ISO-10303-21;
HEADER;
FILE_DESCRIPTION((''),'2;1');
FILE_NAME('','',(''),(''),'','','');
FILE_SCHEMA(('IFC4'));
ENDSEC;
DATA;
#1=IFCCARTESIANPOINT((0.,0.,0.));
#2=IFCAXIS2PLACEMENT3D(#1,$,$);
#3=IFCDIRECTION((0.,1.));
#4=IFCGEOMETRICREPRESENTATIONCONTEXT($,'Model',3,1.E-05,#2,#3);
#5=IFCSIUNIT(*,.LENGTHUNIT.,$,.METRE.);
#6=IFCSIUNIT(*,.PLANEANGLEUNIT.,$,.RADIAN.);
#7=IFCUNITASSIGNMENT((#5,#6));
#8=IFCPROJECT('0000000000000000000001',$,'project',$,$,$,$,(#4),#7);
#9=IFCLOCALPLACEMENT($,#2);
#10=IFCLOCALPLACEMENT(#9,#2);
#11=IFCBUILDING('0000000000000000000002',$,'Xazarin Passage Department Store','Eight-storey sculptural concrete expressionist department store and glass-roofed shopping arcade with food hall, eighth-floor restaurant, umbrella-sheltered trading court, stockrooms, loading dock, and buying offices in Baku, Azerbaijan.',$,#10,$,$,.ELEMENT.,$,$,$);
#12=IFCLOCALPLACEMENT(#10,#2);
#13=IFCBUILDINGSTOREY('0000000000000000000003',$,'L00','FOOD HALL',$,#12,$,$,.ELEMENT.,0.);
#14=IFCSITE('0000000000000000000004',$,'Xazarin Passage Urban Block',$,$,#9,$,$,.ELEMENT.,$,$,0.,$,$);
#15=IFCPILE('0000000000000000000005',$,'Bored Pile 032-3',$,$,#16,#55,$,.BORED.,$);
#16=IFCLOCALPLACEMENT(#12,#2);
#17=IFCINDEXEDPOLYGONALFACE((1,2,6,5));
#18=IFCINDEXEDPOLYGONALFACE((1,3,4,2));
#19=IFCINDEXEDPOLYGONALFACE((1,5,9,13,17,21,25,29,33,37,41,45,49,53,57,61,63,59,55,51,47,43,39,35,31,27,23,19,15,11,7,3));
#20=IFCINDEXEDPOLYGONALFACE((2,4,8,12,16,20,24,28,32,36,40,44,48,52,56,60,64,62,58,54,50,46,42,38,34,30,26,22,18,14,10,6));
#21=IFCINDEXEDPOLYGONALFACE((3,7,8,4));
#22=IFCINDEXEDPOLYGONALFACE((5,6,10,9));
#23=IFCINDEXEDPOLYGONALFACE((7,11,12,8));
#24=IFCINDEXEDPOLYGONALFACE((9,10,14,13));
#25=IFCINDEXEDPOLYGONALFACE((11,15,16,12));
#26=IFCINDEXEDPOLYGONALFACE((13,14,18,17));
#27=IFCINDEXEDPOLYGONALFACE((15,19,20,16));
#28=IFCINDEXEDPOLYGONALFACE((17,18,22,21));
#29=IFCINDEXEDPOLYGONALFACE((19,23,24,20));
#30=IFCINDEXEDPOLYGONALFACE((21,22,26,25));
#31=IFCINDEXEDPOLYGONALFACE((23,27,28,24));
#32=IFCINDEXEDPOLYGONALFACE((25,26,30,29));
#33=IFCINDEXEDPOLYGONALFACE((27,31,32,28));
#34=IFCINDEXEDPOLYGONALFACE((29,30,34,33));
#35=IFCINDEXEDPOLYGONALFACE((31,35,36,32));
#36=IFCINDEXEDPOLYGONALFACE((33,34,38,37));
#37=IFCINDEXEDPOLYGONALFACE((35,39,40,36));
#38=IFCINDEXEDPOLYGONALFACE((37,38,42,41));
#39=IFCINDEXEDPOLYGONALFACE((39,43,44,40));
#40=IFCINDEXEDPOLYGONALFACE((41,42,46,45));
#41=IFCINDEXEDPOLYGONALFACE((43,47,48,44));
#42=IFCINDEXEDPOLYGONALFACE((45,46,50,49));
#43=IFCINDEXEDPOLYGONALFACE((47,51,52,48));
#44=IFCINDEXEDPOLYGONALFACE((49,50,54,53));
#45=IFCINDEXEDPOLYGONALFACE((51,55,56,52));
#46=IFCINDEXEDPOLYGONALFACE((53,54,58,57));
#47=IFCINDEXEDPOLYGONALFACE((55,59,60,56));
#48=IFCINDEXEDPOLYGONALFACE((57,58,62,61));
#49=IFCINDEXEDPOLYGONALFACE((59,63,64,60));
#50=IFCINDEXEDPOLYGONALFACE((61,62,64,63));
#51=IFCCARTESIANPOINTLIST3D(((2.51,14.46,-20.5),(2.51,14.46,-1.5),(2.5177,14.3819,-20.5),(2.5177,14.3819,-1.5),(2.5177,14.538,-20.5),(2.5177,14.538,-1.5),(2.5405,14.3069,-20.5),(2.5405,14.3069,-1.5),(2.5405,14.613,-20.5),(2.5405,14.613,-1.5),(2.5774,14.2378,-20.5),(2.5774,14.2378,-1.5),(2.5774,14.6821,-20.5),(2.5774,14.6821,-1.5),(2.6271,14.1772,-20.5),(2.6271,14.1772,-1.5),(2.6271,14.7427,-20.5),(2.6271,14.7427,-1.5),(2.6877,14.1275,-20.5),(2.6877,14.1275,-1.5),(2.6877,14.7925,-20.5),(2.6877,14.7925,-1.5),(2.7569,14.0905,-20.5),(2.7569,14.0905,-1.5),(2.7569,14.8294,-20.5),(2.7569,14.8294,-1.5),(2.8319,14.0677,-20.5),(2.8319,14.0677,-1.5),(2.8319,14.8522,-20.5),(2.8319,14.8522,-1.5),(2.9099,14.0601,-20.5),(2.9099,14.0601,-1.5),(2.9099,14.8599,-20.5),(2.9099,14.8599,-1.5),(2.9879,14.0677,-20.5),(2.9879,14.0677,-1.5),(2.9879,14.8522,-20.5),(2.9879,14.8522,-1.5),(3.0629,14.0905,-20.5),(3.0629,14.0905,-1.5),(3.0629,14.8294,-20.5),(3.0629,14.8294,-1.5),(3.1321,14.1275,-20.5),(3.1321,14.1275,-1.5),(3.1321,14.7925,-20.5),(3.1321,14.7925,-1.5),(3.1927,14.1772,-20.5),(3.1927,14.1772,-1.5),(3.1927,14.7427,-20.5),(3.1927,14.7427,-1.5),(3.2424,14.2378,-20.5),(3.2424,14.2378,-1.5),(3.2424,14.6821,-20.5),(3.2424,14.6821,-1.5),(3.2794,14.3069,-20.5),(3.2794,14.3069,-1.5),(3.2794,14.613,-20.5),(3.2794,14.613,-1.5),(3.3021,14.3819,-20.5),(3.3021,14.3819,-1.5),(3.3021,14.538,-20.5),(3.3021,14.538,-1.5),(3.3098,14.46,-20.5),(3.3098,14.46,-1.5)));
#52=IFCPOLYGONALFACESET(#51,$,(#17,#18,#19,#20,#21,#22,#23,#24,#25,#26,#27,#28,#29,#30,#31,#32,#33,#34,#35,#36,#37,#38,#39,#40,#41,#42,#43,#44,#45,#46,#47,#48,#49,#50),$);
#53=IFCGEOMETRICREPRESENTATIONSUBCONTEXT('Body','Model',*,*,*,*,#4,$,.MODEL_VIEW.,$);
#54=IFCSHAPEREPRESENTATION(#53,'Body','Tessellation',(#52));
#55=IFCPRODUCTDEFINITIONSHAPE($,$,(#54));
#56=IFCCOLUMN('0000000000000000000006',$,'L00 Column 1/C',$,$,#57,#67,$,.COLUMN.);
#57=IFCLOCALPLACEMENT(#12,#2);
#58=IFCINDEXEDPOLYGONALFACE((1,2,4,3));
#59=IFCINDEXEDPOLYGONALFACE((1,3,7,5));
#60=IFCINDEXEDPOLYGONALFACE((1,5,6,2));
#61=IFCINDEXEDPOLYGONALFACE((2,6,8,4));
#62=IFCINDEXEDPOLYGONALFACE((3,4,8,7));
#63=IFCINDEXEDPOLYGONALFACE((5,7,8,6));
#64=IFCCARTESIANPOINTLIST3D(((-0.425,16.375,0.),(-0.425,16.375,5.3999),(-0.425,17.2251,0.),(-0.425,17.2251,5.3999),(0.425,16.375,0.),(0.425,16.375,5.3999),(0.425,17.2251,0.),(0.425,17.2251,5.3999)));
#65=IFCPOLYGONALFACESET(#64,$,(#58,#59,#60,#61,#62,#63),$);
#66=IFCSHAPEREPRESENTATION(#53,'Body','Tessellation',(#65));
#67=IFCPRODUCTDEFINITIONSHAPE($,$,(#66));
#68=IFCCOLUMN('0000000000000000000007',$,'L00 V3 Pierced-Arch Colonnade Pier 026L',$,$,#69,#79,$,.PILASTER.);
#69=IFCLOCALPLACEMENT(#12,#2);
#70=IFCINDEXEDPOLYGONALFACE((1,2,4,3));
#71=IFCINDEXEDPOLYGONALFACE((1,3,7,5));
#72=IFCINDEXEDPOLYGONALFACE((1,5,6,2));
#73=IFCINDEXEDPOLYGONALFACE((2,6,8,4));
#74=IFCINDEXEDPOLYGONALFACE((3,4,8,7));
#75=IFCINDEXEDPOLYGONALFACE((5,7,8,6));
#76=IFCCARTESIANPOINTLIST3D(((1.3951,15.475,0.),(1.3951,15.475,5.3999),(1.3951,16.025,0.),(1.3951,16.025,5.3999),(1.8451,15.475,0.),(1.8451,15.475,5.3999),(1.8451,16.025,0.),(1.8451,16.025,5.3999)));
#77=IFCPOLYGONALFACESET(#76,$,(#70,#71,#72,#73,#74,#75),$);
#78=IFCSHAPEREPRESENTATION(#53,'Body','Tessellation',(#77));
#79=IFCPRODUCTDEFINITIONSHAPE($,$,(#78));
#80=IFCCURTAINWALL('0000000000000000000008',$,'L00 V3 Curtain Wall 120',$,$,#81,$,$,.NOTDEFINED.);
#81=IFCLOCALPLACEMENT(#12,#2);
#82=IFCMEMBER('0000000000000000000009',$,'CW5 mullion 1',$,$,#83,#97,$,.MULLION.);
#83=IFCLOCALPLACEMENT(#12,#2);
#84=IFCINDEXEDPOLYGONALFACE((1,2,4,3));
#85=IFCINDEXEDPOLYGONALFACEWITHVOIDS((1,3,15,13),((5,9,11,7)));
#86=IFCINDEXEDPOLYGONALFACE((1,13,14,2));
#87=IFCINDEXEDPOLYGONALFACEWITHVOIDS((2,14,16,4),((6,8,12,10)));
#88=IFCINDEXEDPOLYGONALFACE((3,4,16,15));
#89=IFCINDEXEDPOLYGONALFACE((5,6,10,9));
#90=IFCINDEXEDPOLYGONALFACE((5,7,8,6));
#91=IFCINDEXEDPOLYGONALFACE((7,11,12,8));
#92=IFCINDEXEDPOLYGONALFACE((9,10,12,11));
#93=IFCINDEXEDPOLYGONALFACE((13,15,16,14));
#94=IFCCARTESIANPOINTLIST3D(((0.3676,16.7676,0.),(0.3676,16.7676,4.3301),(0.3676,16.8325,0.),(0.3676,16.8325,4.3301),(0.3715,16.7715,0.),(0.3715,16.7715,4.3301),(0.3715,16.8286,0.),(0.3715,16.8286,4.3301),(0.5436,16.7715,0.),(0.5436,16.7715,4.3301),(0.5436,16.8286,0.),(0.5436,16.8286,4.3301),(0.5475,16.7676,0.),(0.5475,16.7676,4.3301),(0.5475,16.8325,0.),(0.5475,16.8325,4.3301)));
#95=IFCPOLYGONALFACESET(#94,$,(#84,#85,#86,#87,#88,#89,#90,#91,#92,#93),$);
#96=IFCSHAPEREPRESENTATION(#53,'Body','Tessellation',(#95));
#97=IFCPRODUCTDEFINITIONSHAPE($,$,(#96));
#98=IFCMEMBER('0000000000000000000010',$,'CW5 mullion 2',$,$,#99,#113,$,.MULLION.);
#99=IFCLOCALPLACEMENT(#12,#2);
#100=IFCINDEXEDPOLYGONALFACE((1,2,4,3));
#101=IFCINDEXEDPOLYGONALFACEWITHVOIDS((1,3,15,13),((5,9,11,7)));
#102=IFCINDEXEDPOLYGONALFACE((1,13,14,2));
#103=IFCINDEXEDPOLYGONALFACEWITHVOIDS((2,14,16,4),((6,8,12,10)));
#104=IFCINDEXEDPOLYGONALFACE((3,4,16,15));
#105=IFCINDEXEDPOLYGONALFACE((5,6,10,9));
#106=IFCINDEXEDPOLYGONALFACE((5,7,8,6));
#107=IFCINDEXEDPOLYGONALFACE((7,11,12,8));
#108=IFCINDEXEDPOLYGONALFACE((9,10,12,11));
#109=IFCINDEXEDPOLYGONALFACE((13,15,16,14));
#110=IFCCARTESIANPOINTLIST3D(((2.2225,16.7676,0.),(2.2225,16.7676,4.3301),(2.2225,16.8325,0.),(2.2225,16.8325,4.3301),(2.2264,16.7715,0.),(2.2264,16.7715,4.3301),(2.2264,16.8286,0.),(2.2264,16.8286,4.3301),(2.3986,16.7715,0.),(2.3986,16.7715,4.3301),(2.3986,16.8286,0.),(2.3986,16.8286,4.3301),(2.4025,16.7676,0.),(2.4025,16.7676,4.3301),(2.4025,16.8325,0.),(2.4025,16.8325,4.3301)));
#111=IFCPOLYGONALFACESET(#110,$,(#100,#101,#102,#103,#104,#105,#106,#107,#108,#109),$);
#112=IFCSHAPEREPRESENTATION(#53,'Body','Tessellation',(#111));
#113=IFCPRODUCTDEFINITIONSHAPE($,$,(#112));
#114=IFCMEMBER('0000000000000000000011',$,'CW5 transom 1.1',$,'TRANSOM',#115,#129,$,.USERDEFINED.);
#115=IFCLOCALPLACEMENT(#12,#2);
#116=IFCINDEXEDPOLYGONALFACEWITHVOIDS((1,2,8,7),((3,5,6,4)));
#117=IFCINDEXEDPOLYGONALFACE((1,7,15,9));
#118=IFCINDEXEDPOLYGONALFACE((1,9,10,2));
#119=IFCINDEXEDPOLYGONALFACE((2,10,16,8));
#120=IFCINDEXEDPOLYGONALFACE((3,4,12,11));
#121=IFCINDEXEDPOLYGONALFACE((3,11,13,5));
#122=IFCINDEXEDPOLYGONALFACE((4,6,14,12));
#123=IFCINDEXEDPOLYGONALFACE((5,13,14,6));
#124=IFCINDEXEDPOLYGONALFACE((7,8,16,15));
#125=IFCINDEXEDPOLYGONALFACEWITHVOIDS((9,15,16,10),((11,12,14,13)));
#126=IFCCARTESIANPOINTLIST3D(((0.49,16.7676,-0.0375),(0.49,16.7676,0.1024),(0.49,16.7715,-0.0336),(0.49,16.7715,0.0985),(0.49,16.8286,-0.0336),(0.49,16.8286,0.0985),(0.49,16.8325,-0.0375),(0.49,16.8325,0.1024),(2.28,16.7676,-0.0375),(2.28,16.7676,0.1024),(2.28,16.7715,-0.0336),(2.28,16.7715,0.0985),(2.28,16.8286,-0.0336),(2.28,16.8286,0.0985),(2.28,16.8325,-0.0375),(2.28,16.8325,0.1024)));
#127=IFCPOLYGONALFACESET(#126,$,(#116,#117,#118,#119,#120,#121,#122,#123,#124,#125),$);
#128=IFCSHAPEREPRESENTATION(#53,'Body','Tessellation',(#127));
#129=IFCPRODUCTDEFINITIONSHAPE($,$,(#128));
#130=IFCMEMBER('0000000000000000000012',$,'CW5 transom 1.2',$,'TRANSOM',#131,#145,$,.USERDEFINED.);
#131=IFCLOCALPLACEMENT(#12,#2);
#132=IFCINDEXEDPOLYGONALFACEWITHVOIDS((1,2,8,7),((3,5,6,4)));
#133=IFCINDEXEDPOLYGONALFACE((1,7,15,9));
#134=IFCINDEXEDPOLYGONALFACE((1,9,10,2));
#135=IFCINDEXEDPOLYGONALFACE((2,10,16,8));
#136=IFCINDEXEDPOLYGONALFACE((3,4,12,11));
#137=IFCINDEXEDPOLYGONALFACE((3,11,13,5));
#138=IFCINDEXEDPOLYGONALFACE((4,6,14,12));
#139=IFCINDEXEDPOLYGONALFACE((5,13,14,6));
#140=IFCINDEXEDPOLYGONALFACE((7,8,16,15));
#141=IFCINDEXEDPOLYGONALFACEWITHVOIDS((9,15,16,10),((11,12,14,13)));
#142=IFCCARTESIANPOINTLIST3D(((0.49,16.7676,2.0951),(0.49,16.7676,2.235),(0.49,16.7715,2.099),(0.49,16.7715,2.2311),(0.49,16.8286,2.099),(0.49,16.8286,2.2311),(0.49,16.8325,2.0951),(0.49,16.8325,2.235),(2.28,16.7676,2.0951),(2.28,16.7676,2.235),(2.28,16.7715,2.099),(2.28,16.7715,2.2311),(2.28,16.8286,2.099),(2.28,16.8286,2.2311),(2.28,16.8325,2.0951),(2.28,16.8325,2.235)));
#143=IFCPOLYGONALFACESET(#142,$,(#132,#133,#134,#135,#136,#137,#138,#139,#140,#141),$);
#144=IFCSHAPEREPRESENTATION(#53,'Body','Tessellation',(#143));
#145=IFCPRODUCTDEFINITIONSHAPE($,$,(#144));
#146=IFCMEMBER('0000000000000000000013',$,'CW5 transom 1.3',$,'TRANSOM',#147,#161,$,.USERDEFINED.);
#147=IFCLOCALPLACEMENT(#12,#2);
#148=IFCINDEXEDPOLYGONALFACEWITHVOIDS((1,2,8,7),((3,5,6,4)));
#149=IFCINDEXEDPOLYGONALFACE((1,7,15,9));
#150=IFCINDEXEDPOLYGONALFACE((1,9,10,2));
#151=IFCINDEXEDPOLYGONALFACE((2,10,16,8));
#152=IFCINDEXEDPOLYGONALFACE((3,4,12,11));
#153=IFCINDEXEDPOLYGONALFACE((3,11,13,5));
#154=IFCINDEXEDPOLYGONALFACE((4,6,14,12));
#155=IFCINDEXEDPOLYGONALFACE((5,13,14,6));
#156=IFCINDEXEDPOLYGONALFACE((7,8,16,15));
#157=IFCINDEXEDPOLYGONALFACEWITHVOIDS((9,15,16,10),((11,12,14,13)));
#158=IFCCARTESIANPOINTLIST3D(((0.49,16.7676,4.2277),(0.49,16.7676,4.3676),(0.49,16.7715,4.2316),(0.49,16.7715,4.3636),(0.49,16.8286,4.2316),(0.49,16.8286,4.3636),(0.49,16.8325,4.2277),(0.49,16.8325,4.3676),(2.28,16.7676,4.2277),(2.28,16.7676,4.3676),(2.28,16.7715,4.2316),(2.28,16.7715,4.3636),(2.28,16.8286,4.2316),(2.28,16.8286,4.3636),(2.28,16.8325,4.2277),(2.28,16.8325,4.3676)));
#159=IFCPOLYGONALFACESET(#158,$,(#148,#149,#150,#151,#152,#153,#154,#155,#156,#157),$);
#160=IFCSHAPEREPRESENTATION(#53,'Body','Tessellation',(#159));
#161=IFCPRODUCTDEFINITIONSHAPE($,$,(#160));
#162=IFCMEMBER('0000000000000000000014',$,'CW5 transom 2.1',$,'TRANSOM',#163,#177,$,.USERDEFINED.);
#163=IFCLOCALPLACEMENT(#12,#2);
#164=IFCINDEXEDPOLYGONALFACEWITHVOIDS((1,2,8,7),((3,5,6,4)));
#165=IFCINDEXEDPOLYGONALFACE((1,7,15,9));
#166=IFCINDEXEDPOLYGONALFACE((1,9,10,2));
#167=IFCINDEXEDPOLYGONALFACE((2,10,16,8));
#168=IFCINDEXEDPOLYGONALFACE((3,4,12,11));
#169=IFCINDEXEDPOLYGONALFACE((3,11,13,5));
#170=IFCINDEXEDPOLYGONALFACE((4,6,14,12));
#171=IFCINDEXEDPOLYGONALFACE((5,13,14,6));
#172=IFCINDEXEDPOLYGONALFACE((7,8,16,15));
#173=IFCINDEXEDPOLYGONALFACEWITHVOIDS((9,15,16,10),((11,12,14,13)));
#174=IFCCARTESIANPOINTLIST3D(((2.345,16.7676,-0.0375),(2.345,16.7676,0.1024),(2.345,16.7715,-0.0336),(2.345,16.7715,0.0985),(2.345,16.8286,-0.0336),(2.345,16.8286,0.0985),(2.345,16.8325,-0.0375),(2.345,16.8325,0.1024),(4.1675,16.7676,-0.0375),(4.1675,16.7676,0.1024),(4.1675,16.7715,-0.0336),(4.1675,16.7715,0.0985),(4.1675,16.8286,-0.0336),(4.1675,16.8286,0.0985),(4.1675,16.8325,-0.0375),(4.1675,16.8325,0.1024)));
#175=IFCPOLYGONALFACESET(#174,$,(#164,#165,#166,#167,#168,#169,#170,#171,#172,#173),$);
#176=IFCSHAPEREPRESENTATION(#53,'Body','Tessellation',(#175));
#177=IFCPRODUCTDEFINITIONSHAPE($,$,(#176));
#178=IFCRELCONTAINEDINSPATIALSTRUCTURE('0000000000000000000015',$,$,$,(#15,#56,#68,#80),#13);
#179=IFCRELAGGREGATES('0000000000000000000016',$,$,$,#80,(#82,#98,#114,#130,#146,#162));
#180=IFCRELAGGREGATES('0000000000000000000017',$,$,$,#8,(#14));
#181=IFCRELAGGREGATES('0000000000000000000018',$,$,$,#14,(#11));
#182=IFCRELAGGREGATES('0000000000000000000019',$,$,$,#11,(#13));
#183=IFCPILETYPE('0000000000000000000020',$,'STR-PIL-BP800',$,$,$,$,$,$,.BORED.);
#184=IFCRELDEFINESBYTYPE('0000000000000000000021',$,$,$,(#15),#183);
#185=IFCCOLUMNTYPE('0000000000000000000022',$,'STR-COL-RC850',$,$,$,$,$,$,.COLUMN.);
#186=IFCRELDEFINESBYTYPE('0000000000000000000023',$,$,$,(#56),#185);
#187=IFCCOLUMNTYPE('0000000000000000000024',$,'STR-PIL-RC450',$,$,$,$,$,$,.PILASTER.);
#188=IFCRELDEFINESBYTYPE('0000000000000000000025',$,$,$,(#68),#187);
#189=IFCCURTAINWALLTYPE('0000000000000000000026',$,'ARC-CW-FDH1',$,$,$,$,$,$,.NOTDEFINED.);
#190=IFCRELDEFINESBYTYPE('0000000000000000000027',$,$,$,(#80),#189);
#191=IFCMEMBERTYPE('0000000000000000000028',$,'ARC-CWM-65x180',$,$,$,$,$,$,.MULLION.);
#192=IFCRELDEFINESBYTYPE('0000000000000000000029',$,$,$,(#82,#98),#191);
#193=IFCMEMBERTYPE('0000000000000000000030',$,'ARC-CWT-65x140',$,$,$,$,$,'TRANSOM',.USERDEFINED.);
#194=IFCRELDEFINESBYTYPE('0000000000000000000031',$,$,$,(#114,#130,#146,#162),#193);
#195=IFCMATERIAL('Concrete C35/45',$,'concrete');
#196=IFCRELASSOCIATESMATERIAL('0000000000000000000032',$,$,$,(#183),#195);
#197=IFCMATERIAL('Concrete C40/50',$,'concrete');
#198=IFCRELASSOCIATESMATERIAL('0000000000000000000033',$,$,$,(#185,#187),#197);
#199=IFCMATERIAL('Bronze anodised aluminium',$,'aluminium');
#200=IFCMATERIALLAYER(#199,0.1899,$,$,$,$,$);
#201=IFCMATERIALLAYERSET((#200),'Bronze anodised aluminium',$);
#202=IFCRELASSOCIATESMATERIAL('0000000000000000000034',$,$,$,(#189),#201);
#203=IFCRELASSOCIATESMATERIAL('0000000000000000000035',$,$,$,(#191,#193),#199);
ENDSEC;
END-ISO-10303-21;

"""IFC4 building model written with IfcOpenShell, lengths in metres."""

from ifc_helpers import new_model, si_unit, direction, frame, origin, origin_2d, place, context, subcontext, project, spatial, rectangle, hollow_rectangle, circle, extrude, material, layer, layer_set, material_profile, profile_set, type_object, element, aggregate, save


model = new_model("IFC4")

# Units and contexts
model_context = context("Model", 3, precision=1e-05, world=origin(), true_north=direction((0.0, 1.0)))
body_context = subcontext(model_context, "Body", "Model", "MODEL_VIEW")
ifc_project = project(units=[si_unit("LENGTHUNIT", "METRE"), si_unit("PLANEANGLEUNIT", "RADIAN")], contexts=[model_context])

# Site, building, storey
site_placement = place(None, origin())
site = spatial("IfcSite", under=ifc_project, at=site_placement, Name="Xazarin Passage Urban Block", CompositionType="ELEMENT", RefElevation=0.0)
building_placement = place(site_placement, origin())
building = spatial("IfcBuilding", under=site, at=building_placement, Name="Xazarin Passage Department Store", Description="Eight-storey sculptural concrete expressionist department store and glass-roofed shopping arcade with food hall, eighth-floor restaurant, umbrella-sheltered trading court, stockrooms, loading dock, and buying offices in Baku, Azerbaijan.", CompositionType="ELEMENT")
storey_placement = place(building_placement, origin())
storey = spatial("IfcBuildingStorey", under=building, at=storey_placement, Name="L00", Description="FOOD HALL", CompositionType="ELEMENT", Elevation=0.0)

# Pile
ifc_material_1 = material(Name="Concrete C35/45", Category="concrete")
ifc_material_profile_1 = material_profile(ifc_material_1, circle(Radius=0.3999, at=origin_2d()), Name="BP 800")
ifc_profile_set_1 = profile_set([ifc_material_profile_1], Name="Concrete C35/45")
pile_type_1 = type_object("IfcPileType", Name="STR-PIL-BP800", PredefinedType="BORED", material=ifc_profile_set_1)
pile_1_placement = place(storey_placement, frame((2.9099, 14.46, -1.5), z_axis=(0.0, 0.0, -1.0), x_axis=(1.0, 0.0, 0.0)))
element("IfcPile", 1, at=pile_1_placement, inside=storey, type_object=pile_type_1, Name="Bored Pile 032-3", PredefinedType="BORED", context=body_context, shape_type="SweptSolid", body=[
    extrude(circle(Radius=0.3999, at=origin_2d()), origin(), (0.0, 0.0, 1.0), 19.0),
])

# Columns
ifc_material_2 = material(Name="Concrete C40/50", Category="concrete")
ifc_material_profile_2 = material_profile(ifc_material_2, rectangle(XDim=0.8501, YDim=0.8501, at=origin_2d()), Name="RC 850x850")
ifc_profile_set_2 = profile_set([ifc_material_profile_2], Name="Concrete C40/50")
column_type_1 = type_object("IfcColumnType", Name="STR-COL-RC850", PredefinedType="COLUMN", material=ifc_profile_set_2)
column_1_placement = place(storey_placement, frame((0.0, 16.8, 0.0), z_axis=(0.0, 0.0, 1.0), x_axis=(1.0, 0.0, 0.0)))
element("IfcColumn", 2, at=column_1_placement, inside=storey, type_object=column_type_1, Name="L00 Column 1/C", PredefinedType="COLUMN", context=body_context, shape_type="SweptSolid", body=[
    extrude(rectangle(XDim=0.8501, YDim=0.8501, at=origin_2d()), origin(), (0.0, 0.0, 1.0), 5.3999),
])
ifc_material_profile_3 = material_profile(ifc_material_2, rectangle(XDim=0.45, YDim=0.55, at=origin_2d()), Name="RC 450x550")
ifc_profile_set_3 = profile_set([ifc_material_profile_3], Name="Concrete C40/50")
column_type_2 = type_object("IfcColumnType", Name="STR-PIL-RC450", PredefinedType="PILASTER", material=ifc_profile_set_3)
column_2_placement = place(storey_placement, frame((1.6201, 15.75, 0.0), z_axis=(0.0, 0.0, 1.0), x_axis=(1.0, 0.0, 0.0)))
element("IfcColumn", 3, at=column_2_placement, inside=storey, type_object=column_type_2, Name="L00 V3 Pierced-Arch Colonnade Pier 026L", PredefinedType="PILASTER", context=body_context, shape_type="SweptSolid", body=[
    extrude(rectangle(XDim=0.45, YDim=0.55, at=origin_2d()), origin(), (0.0, 0.0, 1.0), 5.3999),
])

# Curtain wall, members
ifc_material_3 = material(Name="Bronze anodised aluminium", Category="aluminium")
ifc_layer_1 = layer(ifc_material_3, 0.1899)
ifc_layer_set_1 = layer_set([ifc_layer_1], Name="Bronze anodised aluminium")
curtain_wall_type = type_object("IfcCurtainWallType", Name="ARC-CW-FDH1", PredefinedType="NOTDEFINED", material=ifc_layer_set_1)
curtain_wall_placement = place(storey_placement, origin())
curtain_wall = element("IfcCurtainWall", 4, at=curtain_wall_placement, inside=storey, type_object=curtain_wall_type, Name="L00 V3 Curtain Wall 120", PredefinedType="NOTDEFINED")
ifc_material_profile_4 = material_profile(ifc_material_3, hollow_rectangle(XDim=0.0649, YDim=0.1799, WallThickness=0.0039, at=origin_2d()), Name="ALU 65x180")
ifc_profile_set_4 = profile_set([ifc_material_profile_4], Name="Bronze anodised aluminium")
member_type_1 = type_object("IfcMemberType", Name="ARC-CWM-65x180", PredefinedType="MULLION", material=ifc_profile_set_4)
member_1_placement = place(storey_placement, frame((0.4575, 16.8, 0.0), z_axis=(0.0, 0.0, 1.0), x_axis=(0.0, 1.0, 0.0)))
member_1 = element("IfcMember", 5, at=member_1_placement, type_object=member_type_1, Name="CW5 mullion 1", PredefinedType="MULLION", context=body_context, shape_type="SweptSolid", body=[
    extrude(hollow_rectangle(XDim=0.0649, YDim=0.1799, WallThickness=0.0039, at=origin_2d()), origin(), (0.0, 0.0, 1.0), 4.3301),
])
member_2_placement = place(storey_placement, frame((2.3125, 16.8, 0.0), z_axis=(0.0, 0.0, 1.0), x_axis=(0.0, 1.0, 0.0)))
member_2 = element("IfcMember", 6, at=member_2_placement, type_object=member_type_1, Name="CW5 mullion 2", PredefinedType="MULLION", context=body_context, shape_type="SweptSolid", body=[
    extrude(hollow_rectangle(XDim=0.0649, YDim=0.1799, WallThickness=0.0039, at=origin_2d()), origin(), (0.0, 0.0, 1.0), 4.3301),
])
ifc_material_profile_5 = material_profile(ifc_material_3, hollow_rectangle(XDim=0.0649, YDim=0.1399, WallThickness=0.0039, at=origin_2d()), Name="ALU 65x140")
ifc_profile_set_5 = profile_set([ifc_material_profile_5], Name="Bronze anodised aluminium")
member_type_2 = type_object("IfcMemberType", Name="ARC-CWT-65x140", ElementType="TRANSOM", PredefinedType="USERDEFINED", material=ifc_profile_set_5)
member_3_placement = place(storey_placement, frame((0.49, 16.8, 0.0325), z_axis=(1.0, 0.0, 0.0), x_axis=(0.0, 1.0, 0.0)))
member_3 = element("IfcMember", 7, at=member_3_placement, type_object=member_type_2, Name="CW5 transom 1.1", ObjectType="TRANSOM", PredefinedType="USERDEFINED", context=body_context, shape_type="SweptSolid", body=[
    extrude(hollow_rectangle(XDim=0.0649, YDim=0.1399, WallThickness=0.0039, at=origin_2d()), origin(), (0.0, 0.0, 1.0), 1.79),
])
member_4_placement = place(storey_placement, frame((0.49, 16.8, 2.165), z_axis=(1.0, 0.0, 0.0), x_axis=(0.0, 1.0, 0.0)))
member_4 = element("IfcMember", 8, at=member_4_placement, type_object=member_type_2, Name="CW5 transom 1.2", ObjectType="TRANSOM", PredefinedType="USERDEFINED", context=body_context, shape_type="SweptSolid", body=[
    extrude(hollow_rectangle(XDim=0.0649, YDim=0.1399, WallThickness=0.0039, at=origin_2d()), origin(), (0.0, 0.0, 1.0), 1.79),
])
member_5_placement = place(storey_placement, frame((0.49, 16.8, 4.2976), z_axis=(1.0, 0.0, 0.0), x_axis=(0.0, 1.0, 0.0)))
member_5 = element("IfcMember", 9, at=member_5_placement, type_object=member_type_2, Name="CW5 transom 1.3", ObjectType="TRANSOM", PredefinedType="USERDEFINED", context=body_context, shape_type="SweptSolid", body=[
    extrude(hollow_rectangle(XDim=0.0649, YDim=0.1399, WallThickness=0.0039, at=origin_2d()), origin(), (0.0, 0.0, 1.0), 1.79),
])
member_6_placement = place(storey_placement, frame((2.345, 16.8, 0.0325), z_axis=(1.0, 0.0, 0.0), x_axis=(0.0, 1.0, 0.0)))
member_6 = element("IfcMember", 10, at=member_6_placement, type_object=member_type_2, Name="CW5 transom 2.1", ObjectType="TRANSOM", PredefinedType="USERDEFINED", context=body_context, shape_type="SweptSolid", body=[
    extrude(hollow_rectangle(XDim=0.0649, YDim=0.1399, WallThickness=0.0039, at=origin_2d()), origin(), (0.0, 0.0, 1.0), 1.8225),
])

aggregate(curtain_wall, [member_1, member_2, member_3, member_4, member_5, member_6])

save(model, "model.ifc")
